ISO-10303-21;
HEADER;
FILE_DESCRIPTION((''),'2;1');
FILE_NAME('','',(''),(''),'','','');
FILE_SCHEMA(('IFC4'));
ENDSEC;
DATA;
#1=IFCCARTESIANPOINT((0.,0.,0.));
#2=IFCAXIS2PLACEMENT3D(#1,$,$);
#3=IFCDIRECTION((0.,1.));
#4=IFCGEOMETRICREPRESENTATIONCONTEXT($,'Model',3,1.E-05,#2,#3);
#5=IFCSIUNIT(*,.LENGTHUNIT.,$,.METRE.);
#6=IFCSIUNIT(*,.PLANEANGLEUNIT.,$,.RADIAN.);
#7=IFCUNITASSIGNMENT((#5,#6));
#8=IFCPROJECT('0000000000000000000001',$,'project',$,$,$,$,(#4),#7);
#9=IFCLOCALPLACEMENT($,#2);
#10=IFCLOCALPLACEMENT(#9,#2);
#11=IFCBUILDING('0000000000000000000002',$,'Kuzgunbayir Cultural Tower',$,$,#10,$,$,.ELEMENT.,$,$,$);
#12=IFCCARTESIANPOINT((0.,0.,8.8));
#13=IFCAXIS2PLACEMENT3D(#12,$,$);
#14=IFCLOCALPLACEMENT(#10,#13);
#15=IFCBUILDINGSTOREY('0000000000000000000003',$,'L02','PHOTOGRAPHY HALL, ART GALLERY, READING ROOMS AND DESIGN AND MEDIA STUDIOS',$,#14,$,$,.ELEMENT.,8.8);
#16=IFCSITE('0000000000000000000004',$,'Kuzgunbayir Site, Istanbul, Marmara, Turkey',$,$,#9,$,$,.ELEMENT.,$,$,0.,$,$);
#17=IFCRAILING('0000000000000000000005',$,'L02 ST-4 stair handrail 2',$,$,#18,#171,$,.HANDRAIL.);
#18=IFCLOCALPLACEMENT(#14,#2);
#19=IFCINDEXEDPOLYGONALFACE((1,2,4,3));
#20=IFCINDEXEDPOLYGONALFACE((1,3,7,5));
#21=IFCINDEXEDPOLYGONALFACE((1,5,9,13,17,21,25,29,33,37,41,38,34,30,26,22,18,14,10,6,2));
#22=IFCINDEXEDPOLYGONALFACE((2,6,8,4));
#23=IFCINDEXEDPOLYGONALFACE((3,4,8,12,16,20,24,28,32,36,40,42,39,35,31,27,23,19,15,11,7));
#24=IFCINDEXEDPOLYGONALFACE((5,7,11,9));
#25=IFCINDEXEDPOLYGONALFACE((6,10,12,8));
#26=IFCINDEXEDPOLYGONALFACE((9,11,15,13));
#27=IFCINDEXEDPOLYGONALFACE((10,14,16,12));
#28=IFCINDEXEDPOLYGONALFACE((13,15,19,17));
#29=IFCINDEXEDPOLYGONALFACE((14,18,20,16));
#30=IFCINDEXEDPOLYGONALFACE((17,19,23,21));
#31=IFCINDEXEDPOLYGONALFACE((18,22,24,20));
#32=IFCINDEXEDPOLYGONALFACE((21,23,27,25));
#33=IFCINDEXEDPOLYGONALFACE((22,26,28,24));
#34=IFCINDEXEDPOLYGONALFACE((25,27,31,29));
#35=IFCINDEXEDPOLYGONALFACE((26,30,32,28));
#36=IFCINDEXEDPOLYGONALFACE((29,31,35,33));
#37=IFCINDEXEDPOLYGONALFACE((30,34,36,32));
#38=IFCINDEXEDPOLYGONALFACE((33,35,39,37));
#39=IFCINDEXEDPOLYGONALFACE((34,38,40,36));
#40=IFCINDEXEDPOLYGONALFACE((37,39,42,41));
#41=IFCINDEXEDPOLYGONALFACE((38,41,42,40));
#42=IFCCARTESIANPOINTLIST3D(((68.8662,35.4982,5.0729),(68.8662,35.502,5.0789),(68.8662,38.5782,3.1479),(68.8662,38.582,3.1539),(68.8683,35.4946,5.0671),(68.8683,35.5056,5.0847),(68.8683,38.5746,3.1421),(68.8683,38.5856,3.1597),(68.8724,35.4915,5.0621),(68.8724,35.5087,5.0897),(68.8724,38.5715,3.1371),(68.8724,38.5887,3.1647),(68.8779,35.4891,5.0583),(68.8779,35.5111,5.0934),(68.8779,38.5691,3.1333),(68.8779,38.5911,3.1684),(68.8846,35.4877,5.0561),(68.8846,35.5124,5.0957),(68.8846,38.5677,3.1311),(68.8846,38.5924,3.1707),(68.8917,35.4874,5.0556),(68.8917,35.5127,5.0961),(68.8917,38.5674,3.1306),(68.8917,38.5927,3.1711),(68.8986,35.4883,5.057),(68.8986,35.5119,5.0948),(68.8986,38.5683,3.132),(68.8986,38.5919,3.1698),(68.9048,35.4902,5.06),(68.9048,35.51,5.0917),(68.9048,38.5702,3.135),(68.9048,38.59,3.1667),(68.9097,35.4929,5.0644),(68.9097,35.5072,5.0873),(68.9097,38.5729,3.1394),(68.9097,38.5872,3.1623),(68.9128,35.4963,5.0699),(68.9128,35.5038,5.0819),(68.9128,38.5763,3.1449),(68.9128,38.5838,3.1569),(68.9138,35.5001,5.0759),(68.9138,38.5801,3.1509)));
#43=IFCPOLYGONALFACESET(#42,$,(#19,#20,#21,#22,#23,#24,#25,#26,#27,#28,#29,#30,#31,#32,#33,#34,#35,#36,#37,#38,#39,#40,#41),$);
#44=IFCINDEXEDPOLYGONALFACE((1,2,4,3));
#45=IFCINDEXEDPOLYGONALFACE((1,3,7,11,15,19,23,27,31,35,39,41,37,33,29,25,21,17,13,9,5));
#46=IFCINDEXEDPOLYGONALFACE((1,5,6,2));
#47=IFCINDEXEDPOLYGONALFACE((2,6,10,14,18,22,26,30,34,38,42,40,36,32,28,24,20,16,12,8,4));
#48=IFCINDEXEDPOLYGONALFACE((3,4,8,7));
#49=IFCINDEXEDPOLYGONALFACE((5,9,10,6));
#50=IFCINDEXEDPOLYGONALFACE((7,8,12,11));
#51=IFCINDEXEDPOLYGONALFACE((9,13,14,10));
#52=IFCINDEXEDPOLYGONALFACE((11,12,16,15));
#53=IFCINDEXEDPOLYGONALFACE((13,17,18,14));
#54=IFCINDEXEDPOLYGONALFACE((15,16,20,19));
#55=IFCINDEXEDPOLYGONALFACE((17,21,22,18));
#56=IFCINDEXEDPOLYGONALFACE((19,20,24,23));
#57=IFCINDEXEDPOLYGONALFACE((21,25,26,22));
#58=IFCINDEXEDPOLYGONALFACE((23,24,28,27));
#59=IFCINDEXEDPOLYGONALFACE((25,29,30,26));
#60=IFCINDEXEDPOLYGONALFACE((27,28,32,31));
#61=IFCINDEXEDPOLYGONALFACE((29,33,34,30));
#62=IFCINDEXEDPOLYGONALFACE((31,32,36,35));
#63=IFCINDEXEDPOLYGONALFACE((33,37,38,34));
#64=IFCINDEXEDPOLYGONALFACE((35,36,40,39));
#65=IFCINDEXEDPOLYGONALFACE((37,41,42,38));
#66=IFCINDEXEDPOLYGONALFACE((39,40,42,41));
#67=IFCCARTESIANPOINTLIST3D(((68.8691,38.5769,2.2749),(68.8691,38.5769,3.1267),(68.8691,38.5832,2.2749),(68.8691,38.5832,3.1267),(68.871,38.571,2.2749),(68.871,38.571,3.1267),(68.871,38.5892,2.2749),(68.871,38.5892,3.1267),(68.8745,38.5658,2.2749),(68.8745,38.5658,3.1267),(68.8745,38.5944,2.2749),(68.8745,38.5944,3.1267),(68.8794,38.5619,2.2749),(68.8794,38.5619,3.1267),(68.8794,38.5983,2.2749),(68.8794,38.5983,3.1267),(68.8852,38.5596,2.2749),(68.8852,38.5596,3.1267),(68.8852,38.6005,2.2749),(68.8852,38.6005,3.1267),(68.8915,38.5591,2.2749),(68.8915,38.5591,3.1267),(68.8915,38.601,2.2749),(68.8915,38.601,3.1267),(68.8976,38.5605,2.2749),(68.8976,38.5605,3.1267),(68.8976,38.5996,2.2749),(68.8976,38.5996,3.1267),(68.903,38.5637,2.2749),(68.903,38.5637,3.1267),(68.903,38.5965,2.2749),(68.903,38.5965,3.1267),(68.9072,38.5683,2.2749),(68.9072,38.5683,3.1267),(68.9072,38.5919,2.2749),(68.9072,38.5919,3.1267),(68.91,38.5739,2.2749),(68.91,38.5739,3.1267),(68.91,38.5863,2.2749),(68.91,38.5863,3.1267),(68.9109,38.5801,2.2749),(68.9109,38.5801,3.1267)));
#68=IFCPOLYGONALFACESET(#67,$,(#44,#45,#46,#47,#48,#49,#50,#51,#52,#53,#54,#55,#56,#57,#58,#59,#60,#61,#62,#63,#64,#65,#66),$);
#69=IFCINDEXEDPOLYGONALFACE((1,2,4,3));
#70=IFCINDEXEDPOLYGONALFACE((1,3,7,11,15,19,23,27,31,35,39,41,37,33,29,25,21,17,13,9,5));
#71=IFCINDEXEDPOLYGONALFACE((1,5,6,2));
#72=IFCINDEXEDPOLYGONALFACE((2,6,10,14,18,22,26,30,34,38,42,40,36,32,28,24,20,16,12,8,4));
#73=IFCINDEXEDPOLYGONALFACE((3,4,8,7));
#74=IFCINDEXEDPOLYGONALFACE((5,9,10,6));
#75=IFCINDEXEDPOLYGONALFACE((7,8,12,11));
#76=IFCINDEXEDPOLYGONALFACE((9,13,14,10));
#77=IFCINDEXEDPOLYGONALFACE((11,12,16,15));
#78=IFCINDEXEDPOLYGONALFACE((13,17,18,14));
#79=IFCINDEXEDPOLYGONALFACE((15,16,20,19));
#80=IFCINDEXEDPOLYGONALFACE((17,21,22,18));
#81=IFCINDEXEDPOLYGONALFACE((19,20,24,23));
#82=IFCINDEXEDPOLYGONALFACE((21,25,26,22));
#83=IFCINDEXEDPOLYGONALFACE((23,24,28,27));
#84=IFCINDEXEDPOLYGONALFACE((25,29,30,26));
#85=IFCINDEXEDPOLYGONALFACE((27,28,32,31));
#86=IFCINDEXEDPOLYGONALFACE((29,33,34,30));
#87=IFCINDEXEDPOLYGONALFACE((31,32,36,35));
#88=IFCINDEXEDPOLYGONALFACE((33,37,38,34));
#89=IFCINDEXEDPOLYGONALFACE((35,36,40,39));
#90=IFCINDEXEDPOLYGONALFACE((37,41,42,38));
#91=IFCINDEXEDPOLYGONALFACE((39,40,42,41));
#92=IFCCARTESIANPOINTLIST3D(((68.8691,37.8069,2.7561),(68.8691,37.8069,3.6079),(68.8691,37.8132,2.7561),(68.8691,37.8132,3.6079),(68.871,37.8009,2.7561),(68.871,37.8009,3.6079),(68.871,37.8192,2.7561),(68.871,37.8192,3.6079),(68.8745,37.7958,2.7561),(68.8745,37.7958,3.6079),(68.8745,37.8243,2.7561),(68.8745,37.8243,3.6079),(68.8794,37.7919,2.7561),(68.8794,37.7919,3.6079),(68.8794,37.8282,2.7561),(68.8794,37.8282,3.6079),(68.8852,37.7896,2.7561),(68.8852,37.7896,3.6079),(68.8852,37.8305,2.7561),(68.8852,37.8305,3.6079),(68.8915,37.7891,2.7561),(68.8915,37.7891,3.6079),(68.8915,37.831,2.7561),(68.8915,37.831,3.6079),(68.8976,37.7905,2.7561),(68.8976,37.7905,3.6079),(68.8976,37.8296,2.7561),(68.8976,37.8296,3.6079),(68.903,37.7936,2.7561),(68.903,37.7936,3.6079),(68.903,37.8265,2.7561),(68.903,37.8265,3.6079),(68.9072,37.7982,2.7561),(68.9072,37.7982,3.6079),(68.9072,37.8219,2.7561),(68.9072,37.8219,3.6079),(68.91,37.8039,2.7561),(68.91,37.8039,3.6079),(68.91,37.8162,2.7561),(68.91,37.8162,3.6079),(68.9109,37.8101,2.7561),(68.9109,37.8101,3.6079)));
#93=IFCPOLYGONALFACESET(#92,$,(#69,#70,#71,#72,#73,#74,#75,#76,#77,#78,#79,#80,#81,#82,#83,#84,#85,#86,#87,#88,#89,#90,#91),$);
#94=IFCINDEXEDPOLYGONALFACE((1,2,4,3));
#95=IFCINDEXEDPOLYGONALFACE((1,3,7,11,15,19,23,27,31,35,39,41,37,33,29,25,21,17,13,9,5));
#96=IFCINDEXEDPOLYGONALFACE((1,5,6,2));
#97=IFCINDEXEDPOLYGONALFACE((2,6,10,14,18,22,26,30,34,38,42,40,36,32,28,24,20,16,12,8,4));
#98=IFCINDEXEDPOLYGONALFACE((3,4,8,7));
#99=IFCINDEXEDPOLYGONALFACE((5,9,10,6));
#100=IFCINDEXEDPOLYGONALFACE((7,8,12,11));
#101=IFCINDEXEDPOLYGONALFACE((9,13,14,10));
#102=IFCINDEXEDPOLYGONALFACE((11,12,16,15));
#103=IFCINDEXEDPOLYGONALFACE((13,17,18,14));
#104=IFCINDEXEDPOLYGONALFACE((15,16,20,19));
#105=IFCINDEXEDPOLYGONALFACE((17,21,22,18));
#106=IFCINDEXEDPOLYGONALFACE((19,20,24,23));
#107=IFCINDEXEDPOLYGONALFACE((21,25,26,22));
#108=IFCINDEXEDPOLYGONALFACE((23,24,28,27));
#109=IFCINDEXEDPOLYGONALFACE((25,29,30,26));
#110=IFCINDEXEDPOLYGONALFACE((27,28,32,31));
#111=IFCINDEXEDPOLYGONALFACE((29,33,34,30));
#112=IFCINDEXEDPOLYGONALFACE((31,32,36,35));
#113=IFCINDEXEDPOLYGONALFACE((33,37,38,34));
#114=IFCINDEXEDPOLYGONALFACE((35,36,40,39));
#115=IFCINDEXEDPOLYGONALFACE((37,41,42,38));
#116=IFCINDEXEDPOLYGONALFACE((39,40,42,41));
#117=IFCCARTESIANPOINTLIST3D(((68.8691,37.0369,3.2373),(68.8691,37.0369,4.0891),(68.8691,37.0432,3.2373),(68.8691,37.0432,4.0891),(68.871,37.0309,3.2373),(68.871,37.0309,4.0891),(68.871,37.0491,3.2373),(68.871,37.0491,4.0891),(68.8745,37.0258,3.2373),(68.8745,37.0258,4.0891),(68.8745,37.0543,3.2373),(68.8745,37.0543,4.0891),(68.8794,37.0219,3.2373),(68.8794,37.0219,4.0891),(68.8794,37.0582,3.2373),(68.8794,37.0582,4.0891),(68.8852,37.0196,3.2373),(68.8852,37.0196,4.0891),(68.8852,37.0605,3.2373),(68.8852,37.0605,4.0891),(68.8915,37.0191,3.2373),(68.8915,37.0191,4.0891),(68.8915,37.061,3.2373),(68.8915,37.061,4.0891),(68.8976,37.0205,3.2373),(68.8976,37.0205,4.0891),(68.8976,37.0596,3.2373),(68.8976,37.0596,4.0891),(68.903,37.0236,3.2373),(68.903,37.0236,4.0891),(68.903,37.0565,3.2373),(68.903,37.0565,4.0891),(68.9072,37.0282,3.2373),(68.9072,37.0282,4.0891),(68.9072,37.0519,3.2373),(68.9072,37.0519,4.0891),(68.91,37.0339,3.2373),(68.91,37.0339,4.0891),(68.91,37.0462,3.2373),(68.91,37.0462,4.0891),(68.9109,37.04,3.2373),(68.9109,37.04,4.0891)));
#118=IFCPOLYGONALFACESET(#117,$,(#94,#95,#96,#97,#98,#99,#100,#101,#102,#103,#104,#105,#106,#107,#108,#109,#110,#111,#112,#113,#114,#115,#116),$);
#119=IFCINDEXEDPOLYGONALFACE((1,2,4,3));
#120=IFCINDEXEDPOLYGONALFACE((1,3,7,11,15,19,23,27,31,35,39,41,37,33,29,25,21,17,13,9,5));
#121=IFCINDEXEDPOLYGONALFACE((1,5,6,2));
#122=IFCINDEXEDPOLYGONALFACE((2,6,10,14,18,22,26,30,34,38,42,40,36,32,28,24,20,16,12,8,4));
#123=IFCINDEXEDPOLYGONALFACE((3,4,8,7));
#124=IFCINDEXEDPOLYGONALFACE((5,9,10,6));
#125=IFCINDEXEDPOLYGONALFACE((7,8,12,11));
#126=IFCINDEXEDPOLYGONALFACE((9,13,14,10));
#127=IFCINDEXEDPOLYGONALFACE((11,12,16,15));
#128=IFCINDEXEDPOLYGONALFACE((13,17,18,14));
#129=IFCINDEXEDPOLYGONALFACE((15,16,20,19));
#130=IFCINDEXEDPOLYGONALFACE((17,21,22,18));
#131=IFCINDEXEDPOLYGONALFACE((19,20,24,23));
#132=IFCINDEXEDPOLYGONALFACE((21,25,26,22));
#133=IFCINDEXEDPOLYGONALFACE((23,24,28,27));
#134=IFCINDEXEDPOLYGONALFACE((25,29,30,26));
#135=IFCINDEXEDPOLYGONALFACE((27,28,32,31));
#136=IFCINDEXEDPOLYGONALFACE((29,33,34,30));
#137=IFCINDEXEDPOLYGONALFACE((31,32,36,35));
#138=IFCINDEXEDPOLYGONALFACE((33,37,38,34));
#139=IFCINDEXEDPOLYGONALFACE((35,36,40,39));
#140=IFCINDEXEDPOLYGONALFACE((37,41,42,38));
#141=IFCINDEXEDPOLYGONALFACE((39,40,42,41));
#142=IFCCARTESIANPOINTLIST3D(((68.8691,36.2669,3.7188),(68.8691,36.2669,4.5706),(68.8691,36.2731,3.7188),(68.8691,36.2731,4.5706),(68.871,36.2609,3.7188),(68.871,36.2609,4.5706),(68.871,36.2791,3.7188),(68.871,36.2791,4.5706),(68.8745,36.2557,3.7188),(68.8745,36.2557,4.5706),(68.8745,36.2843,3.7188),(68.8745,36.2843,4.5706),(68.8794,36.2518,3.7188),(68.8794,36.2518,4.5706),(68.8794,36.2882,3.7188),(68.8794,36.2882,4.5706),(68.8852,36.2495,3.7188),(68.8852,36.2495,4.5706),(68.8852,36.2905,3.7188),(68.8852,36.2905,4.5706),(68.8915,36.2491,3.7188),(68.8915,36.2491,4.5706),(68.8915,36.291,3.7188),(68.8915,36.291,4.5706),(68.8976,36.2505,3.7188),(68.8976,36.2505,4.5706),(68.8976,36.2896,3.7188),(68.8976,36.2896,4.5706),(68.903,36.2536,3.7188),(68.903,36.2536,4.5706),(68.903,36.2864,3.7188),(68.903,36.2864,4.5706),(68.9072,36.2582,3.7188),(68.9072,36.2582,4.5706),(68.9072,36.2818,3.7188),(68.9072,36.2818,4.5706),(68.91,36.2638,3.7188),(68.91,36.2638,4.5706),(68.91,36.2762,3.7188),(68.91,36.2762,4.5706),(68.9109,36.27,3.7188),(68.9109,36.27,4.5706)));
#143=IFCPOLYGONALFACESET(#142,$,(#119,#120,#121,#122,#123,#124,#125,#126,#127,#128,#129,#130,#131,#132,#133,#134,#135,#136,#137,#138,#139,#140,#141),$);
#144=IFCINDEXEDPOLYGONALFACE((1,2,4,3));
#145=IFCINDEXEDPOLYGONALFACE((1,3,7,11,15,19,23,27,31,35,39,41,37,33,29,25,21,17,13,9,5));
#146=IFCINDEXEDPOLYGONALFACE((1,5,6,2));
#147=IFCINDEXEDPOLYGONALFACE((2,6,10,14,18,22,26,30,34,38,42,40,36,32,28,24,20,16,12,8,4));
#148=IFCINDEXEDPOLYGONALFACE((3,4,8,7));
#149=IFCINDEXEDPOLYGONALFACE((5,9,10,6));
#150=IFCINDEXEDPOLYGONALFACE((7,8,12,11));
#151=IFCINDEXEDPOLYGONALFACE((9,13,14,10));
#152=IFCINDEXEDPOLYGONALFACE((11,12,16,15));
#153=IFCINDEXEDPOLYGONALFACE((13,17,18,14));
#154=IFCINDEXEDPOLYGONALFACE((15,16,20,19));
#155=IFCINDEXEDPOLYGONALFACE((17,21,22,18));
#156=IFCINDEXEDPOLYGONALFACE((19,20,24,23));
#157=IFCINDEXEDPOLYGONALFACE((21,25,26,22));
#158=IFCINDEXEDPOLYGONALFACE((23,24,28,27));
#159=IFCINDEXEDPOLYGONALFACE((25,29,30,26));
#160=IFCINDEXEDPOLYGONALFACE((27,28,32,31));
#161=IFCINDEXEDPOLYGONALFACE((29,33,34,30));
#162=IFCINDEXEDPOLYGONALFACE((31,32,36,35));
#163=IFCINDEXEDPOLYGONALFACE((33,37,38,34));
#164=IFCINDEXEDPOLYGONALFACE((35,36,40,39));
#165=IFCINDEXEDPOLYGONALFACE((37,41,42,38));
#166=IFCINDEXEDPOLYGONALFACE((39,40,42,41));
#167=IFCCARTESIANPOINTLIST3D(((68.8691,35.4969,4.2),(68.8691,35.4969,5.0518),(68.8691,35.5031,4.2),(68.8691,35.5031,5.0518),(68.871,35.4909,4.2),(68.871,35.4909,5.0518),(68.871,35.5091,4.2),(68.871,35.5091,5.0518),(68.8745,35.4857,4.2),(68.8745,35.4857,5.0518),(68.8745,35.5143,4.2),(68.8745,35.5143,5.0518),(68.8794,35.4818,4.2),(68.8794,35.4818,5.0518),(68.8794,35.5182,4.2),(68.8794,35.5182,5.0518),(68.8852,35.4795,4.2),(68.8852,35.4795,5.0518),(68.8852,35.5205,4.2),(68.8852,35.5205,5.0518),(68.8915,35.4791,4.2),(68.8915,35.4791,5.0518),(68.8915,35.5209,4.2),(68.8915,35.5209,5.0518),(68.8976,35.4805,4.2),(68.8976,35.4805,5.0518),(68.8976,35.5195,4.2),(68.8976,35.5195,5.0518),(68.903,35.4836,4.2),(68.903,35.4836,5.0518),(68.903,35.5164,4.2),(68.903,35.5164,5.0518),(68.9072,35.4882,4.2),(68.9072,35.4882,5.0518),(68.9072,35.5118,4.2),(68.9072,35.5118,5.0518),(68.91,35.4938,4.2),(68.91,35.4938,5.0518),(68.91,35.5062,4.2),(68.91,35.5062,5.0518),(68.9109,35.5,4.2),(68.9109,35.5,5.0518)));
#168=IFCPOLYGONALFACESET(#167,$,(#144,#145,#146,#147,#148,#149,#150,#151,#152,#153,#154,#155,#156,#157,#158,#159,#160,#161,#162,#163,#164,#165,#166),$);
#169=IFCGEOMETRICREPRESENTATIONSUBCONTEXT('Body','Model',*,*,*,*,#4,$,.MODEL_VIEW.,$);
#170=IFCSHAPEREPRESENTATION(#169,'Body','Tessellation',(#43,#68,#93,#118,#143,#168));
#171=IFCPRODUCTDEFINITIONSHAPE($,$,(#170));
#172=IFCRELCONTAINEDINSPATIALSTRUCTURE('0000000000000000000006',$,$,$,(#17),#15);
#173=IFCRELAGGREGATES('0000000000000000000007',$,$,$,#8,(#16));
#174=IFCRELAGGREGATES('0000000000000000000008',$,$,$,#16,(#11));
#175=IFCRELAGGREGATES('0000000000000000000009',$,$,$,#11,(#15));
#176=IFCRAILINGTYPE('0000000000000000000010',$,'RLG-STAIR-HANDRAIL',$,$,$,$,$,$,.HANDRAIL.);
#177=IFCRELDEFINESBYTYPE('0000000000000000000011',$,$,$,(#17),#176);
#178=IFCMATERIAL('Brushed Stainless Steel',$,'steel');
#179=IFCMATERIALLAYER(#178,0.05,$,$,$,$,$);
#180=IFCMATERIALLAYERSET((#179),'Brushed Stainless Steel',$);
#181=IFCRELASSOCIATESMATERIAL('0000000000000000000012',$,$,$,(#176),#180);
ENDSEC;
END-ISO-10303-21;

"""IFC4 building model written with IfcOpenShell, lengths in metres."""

from ifc_helpers import new_model, si_unit, direction, frame, origin, origin_2d, place, context, subcontext, project, spatial, circle, extrude, material, layer, layer_set, type_object, element, save


model = new_model("IFC4")

# Units and contexts
model_context = context("Model", 3, precision=1e-05, world=origin(), true_north=direction((0.0, 1.0)))
body_context = subcontext(model_context, "Body", "Model", "MODEL_VIEW")
ifc_project = project(units=[si_unit("LENGTHUNIT", "METRE"), si_unit("PLANEANGLEUNIT", "RADIAN")], contexts=[model_context])

# Site, building, storey
site_placement = place(None, origin())
site = spatial("IfcSite", under=ifc_project, at=site_placement, Name="Kuzgunbayir Site, Istanbul, Marmara, Turkey", CompositionType="ELEMENT", RefElevation=0.0)
building_placement = place(site_placement, origin())
building = spatial("IfcBuilding", under=site, at=building_placement, Name="Kuzgunbayir Cultural Tower", CompositionType="ELEMENT")
storey_placement = place(building_placement, frame((0.0, 0.0, 8.8)))
storey = spatial("IfcBuildingStorey", under=building, at=storey_placement, Name="L02", Description="PHOTOGRAPHY HALL, ART GALLERY, READING ROOMS AND DESIGN AND MEDIA STUDIOS", CompositionType="ELEMENT", Elevation=8.8)

# Railing
ifc_material_1 = material(Name="Brushed Stainless Steel", Category="steel")
ifc_layer_1 = layer(ifc_material_1, 0.05)
ifc_layer_set_1 = layer_set([ifc_layer_1], Name="Brushed Stainless Steel")
railing_type_1 = type_object("IfcRailingType", Name="RLG-STAIR-HANDRAIL", PredefinedType="HANDRAIL", material=ifc_layer_set_1)
railing_1_placement = place(storey_placement, frame((68.8899, 38.5801, 2.2749)))
element("IfcRailing", 1, at=railing_1_placement, inside=storey, type_object=railing_type_1, Name="L02 ST-4 stair handrail 2", PredefinedType="HANDRAIL", context=body_context, shape_type="SweptSolid", body=[
    extrude(circle(Radius=0.0239, at=origin_2d()), frame((0.0, 0.0, 0.876), z_axis=(0.0, -0.847998, 0.529999), x_axis=(1.0, 0.0, 0.0)), (0.0, 0.0, 1.0), 3.6321),
    extrude(circle(Radius=0.021, at=origin_2d()), origin(), (0.0, 0.0, 1.0), 0.8518),
    extrude(circle(Radius=0.021, at=origin_2d()), frame((0.0, -0.77, 0.4812)), (0.0, 0.0, 1.0), 0.8518),
    extrude(circle(Radius=0.021, at=origin_2d()), frame((0.0, -1.54, 0.9624)), (0.0, 0.0, 1.0), 0.8518),
    extrude(circle(Radius=0.021, at=origin_2d()), frame((0.0, -2.3101, 1.4438)), (0.0, 0.0, 1.0), 0.8518),
    extrude(circle(Radius=0.021, at=origin_2d()), frame((0.0, -3.0801, 1.925)), (0.0, 0.0, 1.0), 0.8518),
])

save(model, "model.ifc")
